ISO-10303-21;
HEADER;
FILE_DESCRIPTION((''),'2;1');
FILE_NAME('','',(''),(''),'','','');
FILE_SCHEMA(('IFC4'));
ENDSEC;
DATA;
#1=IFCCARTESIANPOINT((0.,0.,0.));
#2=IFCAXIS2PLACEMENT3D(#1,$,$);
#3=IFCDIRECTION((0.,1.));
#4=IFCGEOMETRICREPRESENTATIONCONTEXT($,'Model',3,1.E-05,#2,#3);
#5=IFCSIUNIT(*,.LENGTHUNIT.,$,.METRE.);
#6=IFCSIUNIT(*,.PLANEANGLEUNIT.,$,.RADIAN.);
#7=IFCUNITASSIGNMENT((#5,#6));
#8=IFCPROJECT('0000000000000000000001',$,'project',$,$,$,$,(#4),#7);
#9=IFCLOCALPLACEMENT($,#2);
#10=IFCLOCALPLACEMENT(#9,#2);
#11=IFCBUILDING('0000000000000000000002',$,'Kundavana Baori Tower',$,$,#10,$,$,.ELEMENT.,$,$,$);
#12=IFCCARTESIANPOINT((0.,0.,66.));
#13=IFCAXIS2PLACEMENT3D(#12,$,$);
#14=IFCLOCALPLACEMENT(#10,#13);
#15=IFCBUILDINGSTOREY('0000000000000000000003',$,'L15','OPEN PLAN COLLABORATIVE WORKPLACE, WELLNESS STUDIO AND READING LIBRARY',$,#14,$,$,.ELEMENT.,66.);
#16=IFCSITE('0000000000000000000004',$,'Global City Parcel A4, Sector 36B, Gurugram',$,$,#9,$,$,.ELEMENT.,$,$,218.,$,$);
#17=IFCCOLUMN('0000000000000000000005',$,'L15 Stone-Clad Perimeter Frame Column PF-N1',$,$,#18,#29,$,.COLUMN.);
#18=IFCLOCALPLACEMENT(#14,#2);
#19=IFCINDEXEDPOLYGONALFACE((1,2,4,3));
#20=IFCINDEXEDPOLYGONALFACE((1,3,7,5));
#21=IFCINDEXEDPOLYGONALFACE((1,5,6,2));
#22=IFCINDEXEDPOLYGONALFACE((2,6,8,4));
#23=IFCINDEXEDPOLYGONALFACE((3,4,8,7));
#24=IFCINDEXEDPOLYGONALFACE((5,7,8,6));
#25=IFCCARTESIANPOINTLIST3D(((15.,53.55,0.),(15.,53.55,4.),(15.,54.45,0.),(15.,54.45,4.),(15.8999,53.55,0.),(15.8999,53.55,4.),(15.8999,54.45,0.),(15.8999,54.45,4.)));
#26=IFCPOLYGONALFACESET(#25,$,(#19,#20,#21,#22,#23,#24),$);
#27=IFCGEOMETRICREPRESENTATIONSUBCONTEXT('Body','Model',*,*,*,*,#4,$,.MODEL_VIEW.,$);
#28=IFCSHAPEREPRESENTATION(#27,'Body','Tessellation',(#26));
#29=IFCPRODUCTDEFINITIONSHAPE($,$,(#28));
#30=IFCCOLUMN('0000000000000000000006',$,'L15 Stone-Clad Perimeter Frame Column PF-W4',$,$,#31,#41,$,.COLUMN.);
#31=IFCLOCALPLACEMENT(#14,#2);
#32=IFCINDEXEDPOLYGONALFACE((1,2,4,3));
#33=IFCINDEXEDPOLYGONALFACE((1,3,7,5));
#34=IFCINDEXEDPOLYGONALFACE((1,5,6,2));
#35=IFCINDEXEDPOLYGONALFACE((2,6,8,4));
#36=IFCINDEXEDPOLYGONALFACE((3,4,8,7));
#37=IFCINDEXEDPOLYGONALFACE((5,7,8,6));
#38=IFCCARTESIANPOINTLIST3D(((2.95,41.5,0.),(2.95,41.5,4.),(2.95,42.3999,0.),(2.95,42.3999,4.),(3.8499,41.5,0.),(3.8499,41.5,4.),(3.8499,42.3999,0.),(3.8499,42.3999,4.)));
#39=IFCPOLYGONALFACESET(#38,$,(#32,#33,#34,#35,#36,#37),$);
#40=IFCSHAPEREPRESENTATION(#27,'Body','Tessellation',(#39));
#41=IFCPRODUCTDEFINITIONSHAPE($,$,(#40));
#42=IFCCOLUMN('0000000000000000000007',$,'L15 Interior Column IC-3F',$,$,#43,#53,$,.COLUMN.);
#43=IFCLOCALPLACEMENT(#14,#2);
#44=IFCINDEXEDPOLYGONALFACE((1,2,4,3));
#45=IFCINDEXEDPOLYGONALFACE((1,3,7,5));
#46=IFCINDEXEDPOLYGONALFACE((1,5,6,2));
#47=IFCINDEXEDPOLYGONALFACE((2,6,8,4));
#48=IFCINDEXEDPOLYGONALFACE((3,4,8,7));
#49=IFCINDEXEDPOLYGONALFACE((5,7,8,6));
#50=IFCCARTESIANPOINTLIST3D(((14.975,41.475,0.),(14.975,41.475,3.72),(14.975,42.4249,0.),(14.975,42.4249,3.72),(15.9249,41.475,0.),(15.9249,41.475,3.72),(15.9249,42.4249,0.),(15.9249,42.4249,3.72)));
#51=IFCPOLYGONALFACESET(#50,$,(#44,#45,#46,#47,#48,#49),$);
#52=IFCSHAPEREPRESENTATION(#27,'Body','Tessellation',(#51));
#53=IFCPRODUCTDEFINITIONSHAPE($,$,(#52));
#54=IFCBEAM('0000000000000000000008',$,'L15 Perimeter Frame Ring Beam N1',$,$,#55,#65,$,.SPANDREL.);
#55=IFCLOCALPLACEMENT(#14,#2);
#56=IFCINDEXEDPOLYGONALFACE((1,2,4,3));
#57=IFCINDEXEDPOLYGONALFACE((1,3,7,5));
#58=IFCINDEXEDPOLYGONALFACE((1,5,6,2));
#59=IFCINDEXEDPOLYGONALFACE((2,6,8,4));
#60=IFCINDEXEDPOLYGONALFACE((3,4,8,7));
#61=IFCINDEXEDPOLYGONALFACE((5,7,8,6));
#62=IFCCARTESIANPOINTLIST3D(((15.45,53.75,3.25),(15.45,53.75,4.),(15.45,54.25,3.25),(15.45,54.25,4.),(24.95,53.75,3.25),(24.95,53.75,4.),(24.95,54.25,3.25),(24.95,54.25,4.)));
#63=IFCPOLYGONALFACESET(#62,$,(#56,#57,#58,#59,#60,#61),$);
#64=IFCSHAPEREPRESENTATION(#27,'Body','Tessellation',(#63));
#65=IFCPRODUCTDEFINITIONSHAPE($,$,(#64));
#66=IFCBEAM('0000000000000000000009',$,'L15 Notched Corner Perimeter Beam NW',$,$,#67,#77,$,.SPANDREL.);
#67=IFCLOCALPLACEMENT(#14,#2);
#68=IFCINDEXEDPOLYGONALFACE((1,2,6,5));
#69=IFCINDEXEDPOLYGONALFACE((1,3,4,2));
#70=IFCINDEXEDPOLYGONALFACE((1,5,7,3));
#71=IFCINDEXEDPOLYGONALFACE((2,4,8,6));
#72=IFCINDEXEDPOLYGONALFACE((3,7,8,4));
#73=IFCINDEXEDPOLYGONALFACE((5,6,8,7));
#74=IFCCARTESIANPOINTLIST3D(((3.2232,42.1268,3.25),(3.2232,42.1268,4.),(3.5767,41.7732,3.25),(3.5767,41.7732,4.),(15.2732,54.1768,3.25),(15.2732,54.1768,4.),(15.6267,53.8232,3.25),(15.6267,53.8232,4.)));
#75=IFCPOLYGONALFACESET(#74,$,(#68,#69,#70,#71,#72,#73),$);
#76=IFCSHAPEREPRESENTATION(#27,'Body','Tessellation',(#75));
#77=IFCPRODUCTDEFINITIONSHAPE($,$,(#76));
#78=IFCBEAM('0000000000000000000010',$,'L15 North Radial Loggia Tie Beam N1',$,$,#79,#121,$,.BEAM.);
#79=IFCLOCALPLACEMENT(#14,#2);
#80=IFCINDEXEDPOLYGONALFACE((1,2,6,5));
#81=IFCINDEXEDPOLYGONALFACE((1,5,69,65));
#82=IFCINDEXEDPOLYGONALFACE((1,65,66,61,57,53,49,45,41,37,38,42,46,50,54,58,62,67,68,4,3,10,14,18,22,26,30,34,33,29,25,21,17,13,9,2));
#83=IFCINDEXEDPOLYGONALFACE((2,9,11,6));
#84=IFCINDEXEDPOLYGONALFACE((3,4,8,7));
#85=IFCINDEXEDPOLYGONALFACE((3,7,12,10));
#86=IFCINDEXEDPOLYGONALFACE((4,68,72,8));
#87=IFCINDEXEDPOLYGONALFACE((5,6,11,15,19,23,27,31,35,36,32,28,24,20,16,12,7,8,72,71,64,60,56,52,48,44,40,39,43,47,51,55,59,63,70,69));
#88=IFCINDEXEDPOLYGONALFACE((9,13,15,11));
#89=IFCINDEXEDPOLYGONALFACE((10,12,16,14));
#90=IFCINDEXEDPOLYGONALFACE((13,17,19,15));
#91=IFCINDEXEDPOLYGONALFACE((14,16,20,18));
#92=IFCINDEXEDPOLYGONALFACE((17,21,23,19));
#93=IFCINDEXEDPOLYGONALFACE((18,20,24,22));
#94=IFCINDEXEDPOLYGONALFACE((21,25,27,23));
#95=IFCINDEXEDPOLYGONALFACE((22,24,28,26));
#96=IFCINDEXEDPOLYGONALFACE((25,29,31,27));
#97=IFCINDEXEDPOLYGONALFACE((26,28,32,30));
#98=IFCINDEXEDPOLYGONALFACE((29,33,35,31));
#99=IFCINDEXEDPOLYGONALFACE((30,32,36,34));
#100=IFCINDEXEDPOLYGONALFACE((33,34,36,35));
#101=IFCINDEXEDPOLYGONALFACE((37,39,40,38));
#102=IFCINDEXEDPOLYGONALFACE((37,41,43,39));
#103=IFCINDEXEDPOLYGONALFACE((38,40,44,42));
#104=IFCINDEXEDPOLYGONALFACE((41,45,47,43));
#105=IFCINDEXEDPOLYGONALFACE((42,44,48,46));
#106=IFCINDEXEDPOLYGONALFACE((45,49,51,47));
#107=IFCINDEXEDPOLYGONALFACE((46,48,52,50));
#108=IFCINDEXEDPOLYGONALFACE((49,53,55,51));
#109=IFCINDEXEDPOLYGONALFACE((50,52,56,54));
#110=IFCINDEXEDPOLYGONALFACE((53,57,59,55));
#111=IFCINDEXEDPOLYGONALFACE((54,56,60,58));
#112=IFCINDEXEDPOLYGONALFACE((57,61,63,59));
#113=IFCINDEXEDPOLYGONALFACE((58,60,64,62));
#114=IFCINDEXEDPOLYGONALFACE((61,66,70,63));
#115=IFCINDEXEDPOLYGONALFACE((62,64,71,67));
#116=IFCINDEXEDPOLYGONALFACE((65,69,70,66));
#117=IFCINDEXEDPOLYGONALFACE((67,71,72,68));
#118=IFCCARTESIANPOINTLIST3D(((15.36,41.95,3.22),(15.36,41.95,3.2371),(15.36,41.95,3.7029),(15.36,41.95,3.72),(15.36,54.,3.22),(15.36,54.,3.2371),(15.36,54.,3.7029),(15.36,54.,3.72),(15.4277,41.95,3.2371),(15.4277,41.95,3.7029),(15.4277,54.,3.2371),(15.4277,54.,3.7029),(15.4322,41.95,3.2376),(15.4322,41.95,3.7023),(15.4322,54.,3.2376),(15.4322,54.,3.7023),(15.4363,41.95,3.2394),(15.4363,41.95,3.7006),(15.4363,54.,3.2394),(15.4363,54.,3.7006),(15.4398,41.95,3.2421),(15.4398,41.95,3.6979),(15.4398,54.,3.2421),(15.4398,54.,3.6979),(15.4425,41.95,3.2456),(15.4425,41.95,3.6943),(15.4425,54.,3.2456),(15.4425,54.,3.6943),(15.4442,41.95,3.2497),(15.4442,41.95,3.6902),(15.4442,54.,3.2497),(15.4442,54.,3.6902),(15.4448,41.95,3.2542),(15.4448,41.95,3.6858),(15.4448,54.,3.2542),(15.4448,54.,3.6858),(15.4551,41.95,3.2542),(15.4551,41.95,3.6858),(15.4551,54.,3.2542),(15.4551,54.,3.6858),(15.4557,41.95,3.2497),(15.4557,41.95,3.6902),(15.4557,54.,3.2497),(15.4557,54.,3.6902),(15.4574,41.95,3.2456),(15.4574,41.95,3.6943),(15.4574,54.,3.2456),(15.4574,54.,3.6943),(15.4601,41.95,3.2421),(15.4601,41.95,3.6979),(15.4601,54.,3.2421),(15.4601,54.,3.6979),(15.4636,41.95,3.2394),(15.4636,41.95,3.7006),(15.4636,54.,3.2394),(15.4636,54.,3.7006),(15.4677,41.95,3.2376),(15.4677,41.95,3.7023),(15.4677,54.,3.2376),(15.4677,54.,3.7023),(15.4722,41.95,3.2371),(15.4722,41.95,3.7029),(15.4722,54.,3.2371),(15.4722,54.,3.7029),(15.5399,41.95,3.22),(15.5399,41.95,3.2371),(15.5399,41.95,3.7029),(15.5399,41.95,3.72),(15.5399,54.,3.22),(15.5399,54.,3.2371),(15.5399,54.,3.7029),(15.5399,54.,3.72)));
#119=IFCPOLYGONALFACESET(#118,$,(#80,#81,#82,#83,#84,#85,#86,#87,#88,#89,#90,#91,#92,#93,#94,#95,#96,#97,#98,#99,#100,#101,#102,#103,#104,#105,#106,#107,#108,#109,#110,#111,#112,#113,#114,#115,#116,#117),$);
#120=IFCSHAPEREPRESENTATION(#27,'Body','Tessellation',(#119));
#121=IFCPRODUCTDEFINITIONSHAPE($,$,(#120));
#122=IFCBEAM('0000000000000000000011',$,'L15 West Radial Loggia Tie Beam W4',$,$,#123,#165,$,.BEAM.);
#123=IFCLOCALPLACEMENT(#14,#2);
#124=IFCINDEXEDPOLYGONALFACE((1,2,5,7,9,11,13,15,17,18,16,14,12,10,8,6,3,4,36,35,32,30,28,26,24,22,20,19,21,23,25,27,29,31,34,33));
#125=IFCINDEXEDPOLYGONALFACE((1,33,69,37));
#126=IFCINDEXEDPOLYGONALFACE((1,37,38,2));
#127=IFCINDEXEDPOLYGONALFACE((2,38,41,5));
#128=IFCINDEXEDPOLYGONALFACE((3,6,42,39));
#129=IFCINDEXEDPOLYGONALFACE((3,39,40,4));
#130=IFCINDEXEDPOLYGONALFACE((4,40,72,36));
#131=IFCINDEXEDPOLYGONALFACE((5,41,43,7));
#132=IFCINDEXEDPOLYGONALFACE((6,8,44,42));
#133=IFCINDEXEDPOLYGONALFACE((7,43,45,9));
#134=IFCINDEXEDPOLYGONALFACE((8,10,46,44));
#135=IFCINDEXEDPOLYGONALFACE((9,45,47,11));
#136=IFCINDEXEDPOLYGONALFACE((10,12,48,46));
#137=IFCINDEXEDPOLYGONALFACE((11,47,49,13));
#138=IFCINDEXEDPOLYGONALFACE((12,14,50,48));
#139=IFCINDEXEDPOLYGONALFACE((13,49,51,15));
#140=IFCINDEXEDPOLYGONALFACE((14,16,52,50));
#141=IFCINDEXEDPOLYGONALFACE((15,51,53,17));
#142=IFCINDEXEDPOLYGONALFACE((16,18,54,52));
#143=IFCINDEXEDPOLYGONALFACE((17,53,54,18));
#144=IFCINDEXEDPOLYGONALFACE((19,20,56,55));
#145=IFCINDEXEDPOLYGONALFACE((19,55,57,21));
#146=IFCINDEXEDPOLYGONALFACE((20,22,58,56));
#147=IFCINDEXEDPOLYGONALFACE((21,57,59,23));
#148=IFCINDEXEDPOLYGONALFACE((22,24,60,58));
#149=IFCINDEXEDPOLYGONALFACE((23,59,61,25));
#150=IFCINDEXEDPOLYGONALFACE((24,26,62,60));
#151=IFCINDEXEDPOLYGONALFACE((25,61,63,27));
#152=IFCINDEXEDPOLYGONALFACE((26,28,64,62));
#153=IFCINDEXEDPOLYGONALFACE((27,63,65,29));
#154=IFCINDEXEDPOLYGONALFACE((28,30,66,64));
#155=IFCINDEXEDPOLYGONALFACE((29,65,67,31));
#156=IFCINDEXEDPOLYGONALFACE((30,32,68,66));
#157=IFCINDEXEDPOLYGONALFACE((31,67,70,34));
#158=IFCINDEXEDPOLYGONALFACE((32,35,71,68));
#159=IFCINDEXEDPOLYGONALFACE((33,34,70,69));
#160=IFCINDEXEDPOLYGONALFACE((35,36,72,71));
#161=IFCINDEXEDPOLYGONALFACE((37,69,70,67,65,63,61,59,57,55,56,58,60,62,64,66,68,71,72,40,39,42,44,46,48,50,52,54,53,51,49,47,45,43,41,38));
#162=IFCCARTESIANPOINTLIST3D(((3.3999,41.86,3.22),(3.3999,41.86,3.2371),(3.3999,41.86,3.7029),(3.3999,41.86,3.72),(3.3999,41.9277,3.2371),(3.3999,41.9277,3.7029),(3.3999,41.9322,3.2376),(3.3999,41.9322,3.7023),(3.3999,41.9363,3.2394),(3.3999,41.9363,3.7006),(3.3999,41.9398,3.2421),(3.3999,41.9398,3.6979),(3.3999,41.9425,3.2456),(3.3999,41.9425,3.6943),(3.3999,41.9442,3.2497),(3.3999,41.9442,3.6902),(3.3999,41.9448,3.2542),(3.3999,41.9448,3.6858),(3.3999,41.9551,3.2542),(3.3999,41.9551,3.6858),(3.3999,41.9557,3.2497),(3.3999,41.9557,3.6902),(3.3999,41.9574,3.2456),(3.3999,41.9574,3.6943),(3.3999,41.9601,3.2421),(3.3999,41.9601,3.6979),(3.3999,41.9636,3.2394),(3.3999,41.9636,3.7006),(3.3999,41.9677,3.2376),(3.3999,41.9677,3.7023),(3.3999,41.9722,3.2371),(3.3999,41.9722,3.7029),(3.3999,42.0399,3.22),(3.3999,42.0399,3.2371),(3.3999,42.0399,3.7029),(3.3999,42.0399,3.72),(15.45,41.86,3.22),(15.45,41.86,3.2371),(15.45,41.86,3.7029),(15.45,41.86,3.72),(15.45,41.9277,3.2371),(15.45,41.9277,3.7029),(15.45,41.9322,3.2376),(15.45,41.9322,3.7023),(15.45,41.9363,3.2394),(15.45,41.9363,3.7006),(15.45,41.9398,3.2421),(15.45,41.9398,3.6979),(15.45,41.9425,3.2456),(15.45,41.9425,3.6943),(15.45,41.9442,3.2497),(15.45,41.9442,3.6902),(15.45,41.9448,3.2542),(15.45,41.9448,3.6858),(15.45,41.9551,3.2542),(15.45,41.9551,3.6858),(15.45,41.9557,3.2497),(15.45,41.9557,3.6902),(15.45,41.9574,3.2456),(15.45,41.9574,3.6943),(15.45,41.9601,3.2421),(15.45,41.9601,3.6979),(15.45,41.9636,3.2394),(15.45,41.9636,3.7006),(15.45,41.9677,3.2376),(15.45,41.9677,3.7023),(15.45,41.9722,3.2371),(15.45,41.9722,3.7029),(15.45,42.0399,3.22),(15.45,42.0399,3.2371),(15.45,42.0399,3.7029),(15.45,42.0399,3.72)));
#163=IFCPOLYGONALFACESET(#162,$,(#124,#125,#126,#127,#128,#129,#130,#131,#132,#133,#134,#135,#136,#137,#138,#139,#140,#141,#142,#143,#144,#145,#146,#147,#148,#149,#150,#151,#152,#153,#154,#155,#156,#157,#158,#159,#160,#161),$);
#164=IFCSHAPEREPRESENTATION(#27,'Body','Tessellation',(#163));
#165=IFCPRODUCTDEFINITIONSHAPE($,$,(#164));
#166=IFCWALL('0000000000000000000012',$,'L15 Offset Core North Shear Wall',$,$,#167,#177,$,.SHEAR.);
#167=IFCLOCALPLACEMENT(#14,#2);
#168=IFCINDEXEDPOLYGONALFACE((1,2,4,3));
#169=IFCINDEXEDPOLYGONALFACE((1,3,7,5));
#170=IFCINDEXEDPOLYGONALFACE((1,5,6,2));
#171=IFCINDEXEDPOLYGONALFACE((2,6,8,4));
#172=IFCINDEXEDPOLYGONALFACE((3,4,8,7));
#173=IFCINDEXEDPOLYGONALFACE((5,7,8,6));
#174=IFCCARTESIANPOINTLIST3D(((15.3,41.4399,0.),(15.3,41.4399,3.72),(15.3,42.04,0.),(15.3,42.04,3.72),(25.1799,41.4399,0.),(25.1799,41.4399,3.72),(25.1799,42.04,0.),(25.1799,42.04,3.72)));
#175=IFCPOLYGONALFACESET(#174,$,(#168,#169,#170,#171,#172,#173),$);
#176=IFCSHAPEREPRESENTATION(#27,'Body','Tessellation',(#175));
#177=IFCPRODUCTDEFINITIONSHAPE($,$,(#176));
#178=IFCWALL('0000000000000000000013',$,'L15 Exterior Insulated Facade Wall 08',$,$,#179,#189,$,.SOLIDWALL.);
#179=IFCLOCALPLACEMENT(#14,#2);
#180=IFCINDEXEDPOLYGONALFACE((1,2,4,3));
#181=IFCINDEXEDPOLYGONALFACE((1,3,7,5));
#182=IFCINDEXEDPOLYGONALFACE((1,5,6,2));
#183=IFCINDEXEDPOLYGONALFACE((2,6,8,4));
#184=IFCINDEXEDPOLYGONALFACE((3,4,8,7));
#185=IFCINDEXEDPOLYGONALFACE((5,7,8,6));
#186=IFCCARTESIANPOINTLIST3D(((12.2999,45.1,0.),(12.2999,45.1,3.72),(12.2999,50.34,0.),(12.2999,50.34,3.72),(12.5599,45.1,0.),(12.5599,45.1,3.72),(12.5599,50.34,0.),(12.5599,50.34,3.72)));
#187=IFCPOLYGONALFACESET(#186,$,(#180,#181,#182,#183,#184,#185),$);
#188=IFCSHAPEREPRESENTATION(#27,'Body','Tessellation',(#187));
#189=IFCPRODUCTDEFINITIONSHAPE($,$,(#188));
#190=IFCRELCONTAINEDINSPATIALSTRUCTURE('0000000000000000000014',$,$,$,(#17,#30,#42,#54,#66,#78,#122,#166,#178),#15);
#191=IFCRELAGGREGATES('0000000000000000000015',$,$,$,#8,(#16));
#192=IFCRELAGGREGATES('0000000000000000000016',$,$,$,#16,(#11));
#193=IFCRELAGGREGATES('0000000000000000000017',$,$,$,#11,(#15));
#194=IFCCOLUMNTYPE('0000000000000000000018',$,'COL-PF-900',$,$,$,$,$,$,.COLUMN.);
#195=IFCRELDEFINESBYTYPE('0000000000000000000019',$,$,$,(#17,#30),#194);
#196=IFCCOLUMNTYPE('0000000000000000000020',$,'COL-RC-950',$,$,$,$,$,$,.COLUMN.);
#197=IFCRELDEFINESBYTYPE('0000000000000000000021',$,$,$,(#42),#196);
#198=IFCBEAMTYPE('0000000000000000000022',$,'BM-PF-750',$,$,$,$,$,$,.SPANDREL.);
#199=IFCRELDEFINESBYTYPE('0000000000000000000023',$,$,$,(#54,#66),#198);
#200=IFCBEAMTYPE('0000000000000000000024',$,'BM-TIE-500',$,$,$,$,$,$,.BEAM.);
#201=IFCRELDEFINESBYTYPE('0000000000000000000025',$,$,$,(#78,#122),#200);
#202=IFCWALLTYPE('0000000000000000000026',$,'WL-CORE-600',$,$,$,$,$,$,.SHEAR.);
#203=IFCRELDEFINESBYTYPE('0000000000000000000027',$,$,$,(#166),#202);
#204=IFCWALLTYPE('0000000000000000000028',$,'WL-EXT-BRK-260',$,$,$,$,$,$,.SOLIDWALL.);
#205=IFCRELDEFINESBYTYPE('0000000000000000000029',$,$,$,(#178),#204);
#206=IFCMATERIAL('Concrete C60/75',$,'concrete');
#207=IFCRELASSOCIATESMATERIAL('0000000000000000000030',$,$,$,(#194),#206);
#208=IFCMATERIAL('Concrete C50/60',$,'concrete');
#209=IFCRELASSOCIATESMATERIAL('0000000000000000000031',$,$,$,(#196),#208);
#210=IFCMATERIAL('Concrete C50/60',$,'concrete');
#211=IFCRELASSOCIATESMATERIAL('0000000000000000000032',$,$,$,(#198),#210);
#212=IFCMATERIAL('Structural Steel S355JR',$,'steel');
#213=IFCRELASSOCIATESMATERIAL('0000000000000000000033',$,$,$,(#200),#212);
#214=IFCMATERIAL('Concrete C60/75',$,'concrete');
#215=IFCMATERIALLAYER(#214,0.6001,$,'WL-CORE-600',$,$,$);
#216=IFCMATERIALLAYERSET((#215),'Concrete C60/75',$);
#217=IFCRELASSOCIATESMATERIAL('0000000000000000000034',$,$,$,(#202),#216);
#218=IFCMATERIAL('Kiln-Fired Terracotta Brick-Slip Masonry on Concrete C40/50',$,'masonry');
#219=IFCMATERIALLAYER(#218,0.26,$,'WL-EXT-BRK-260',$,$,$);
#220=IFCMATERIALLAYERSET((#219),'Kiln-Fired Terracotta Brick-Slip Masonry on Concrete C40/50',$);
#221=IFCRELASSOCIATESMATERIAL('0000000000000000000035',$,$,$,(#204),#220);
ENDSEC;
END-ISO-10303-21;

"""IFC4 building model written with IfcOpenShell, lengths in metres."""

from ifc_helpers import new_model, si_unit, direction, frame, frame_2d, origin, origin_2d, place, context, subcontext, project, spatial, rectangle, i_section, extrude, material, layer, layer_set, material_profile, profile_set, type_object, element, save


model = new_model("IFC4")

# Units and contexts
model_context = context("Model", 3, precision=1e-05, world=origin(), true_north=direction((0.0, 1.0)))
body_context = subcontext(model_context, "Body", "Model", "MODEL_VIEW")
ifc_project = project(units=[si_unit("LENGTHUNIT", "METRE"), si_unit("PLANEANGLEUNIT", "RADIAN")], contexts=[model_context])

# Site, building, storey
site_placement = place(None, origin())
site = spatial("IfcSite", under=ifc_project, at=site_placement, Name="Global City Parcel A4, Sector 36B, Gurugram", CompositionType="ELEMENT", RefElevation=218.0)
building_placement = place(site_placement, origin())
building = spatial("IfcBuilding", under=site, at=building_placement, Name="Kundavana Baori Tower", CompositionType="ELEMENT")
storey_placement = place(building_placement, frame((0.0, 0.0, 66.0)))
storey = spatial("IfcBuildingStorey", under=building, at=storey_placement, Name="L15", Description="OPEN PLAN COLLABORATIVE WORKPLACE, WELLNESS STUDIO AND READING LIBRARY", CompositionType="ELEMENT", Elevation=66.0)

# Columns
ifc_material_1 = material(Name="Concrete C60/75", Category="concrete")
ifc_material_profile_1 = material_profile(ifc_material_1, rectangle(XDim=0.8999, YDim=0.8999, at=origin_2d()), Name="RC PF 900x900")
ifc_profile_set_1 = profile_set([ifc_material_profile_1], Name="Concrete C60/75")
column_type_1 = type_object("IfcColumnType", Name="COL-PF-900", PredefinedType="COLUMN", material=ifc_profile_set_1)
for number, where, z_axis, x_axis, name in (
    (1, (15.45, 54.0, 0.0), (0.0, 0.0, 1.0), (1.0, 0.0, 0.0), "L15 Stone-Clad Perimeter Frame Column PF-N1"),
    (2, (3.3999, 41.95, 0.0), (0.0, 0.0, 1.0), (1.0, 0.0, 0.0), "L15 Stone-Clad Perimeter Frame Column PF-W4"),
):
    element("IfcColumn", number, at=place(storey_placement, frame(where, z_axis=z_axis, x_axis=x_axis)), inside=storey, type_object=column_type_1, Name=name, PredefinedType="COLUMN", context=body_context, shape_type="SweptSolid", body=[
        extrude(rectangle(XDim=0.8999, YDim=0.8999, at=origin_2d()), origin(), (0.0, 0.0, 1.0), 4.0),
    ])
ifc_material_2 = material(Name="Concrete C50/60", Category="concrete")
ifc_material_profile_2 = material_profile(ifc_material_2, rectangle(XDim=0.95, YDim=0.95, at=origin_2d()), Name="RC 950x950")
ifc_profile_set_2 = profile_set([ifc_material_profile_2], Name="Concrete C50/60")
column_type_2 = type_object("IfcColumnType", Name="COL-RC-950", PredefinedType="COLUMN", material=ifc_profile_set_2)
column_placement = place(storey_placement, frame((15.45, 41.95, 0.0), z_axis=(0.0, 0.0, 1.0), x_axis=(1.0, 0.0, 0.0)))
element("IfcColumn", 3, at=column_placement, inside=storey, type_object=column_type_2, Name="L15 Interior Column IC-3F", PredefinedType="COLUMN", context=body_context, shape_type="SweptSolid", body=[
    extrude(rectangle(XDim=0.95, YDim=0.95, at=origin_2d()), origin(), (0.0, 0.0, 1.0), 3.72),
])

# Beams
ifc_material_3 = material(Name="Concrete C50/60", Category="concrete")
ifc_material_profile_3 = material_profile(ifc_material_3, rectangle(XDim=0.5, YDim=0.75, at=origin_2d()), Name="RC BM 500x750")
ifc_profile_set_3 = profile_set([ifc_material_profile_3], Name="Concrete C50/60")
beam_type_1 = type_object("IfcBeamType", Name="BM-PF-750", PredefinedType="SPANDREL", material=ifc_profile_set_3)
beam_1_placement = place(storey_placement, frame((15.45, 54.0, 3.625), z_axis=(1.0, 0.0, 0.0), x_axis=(0.0, 1.0, 0.0)))
element("IfcBeam", 4, at=beam_1_placement, inside=storey, type_object=beam_type_1, Name="L15 Perimeter Frame Ring Beam N1", PredefinedType="SPANDREL", context=body_context, shape_type="SweptSolid", body=[
    extrude(rectangle(XDim=0.5, YDim=0.75, at=origin_2d()), origin(), (0.0, 0.0, 1.0), 9.5),
])
beam_2_placement = place(storey_placement, frame((15.45, 54.0, 3.625), z_axis=(-0.707107, -0.707107, 0.0), x_axis=(0.707107, -0.707107, 0.0)))
element("IfcBeam", 5, at=beam_2_placement, inside=storey, type_object=beam_type_1, Name="L15 Notched Corner Perimeter Beam NW", PredefinedType="SPANDREL", context=body_context, shape_type="SweptSolid", body=[
    extrude(rectangle(XDim=0.5, YDim=0.75, at=origin_2d()), origin(), (0.0, 0.0, 1.0), 17.0413),
])
ifc_material_4 = material(Name="Structural Steel S355JR", Category="steel")
ifc_material_profile_4 = material_profile(ifc_material_4, i_section(OverallWidth=0.1799, OverallDepth=0.5, WebThickness=0.0103, FlangeThickness=0.0171, FilletRadius=0.0171, at=origin_2d()), Name="ISMB 500")
ifc_profile_set_4 = profile_set([ifc_material_profile_4], Name="Structural Steel S355JR")
beam_type_2 = type_object("IfcBeamType", Name="BM-TIE-500", PredefinedType="BEAM", material=ifc_profile_set_4)
for number, where, z_axis, x_axis, name in (
    (6, (15.45, 41.95, 3.47), (0.0, 1.0, 0.0), (-1.0, 0.0, 0.0), "L15 North Radial Loggia Tie Beam N1"),
    (7, (15.45, 41.95, 3.47), (-1.0, 0.0, 0.0), (0.0, -1.0, 0.0), "L15 West Radial Loggia Tie Beam W4"),
):
    element("IfcBeam", number, at=place(storey_placement, frame(where, z_axis=z_axis, x_axis=x_axis)), inside=storey, type_object=beam_type_2, Name=name, PredefinedType="BEAM", context=body_context, shape_type="SweptSolid", body=[
        extrude(i_section(OverallWidth=0.1799, OverallDepth=0.5, WebThickness=0.0103, FlangeThickness=0.0171, FilletRadius=0.0171, at=origin_2d()), origin(), (0.0, 0.0, 1.0), 12.05),
    ])

# Walls
ifc_material_5 = material(Name="Concrete C60/75", Category="concrete")
ifc_layer_1 = layer(ifc_material_5, 0.6001, Name="WL-CORE-600")
ifc_layer_set_1 = layer_set([ifc_layer_1], Name="Concrete C60/75")
wall_type_1 = type_object("IfcWallType", Name="WL-CORE-600", PredefinedType="SHEAR", material=ifc_layer_set_1)
wall_1_placement = place(storey_placement, frame((15.3, 41.74, 0.0), z_axis=(0.0, 0.0, 1.0), x_axis=(1.0, 0.0, 0.0)))
element("IfcWall", 8, at=wall_1_placement, inside=storey, type_object=wall_type_1, Name="L15 Offset Core North Shear Wall", PredefinedType="SHEAR", context=body_context, shape_type="SweptSolid", body=[
    extrude(rectangle(XDim=9.8799, YDim=0.6001, at=frame_2d((4.9399, 0.0))), origin(), (0.0, 0.0, 1.0), 3.72),
])
ifc_material_6 = material(Name="Kiln-Fired Terracotta Brick-Slip Masonry on Concrete C40/50", Category="masonry")
ifc_layer_2 = layer(ifc_material_6, 0.26, Name="WL-EXT-BRK-260")
ifc_layer_set_2 = layer_set([ifc_layer_2], Name="Kiln-Fired Terracotta Brick-Slip Masonry on Concrete C40/50")
wall_type_2 = type_object("IfcWallType", Name="WL-EXT-BRK-260", PredefinedType="SOLIDWALL", material=ifc_layer_set_2)
wall_2_placement = place(storey_placement, frame((12.4299, 50.3401, 0.0), z_axis=(0.0, 0.0, 1.0), x_axis=(0.0, -1.0, 0.0)))
element("IfcWall", 9, at=wall_2_placement, inside=storey, type_object=wall_type_2, Name="L15 Exterior Insulated Facade Wall 08", PredefinedType="SOLIDWALL", context=body_context, shape_type="SweptSolid", body=[
    extrude(rectangle(XDim=5.24, YDim=0.26, at=frame_2d((2.6201, 0.0))), origin(), (0.0, 0.0, 1.0), 3.72),
])

save(model, "model.ifc")
